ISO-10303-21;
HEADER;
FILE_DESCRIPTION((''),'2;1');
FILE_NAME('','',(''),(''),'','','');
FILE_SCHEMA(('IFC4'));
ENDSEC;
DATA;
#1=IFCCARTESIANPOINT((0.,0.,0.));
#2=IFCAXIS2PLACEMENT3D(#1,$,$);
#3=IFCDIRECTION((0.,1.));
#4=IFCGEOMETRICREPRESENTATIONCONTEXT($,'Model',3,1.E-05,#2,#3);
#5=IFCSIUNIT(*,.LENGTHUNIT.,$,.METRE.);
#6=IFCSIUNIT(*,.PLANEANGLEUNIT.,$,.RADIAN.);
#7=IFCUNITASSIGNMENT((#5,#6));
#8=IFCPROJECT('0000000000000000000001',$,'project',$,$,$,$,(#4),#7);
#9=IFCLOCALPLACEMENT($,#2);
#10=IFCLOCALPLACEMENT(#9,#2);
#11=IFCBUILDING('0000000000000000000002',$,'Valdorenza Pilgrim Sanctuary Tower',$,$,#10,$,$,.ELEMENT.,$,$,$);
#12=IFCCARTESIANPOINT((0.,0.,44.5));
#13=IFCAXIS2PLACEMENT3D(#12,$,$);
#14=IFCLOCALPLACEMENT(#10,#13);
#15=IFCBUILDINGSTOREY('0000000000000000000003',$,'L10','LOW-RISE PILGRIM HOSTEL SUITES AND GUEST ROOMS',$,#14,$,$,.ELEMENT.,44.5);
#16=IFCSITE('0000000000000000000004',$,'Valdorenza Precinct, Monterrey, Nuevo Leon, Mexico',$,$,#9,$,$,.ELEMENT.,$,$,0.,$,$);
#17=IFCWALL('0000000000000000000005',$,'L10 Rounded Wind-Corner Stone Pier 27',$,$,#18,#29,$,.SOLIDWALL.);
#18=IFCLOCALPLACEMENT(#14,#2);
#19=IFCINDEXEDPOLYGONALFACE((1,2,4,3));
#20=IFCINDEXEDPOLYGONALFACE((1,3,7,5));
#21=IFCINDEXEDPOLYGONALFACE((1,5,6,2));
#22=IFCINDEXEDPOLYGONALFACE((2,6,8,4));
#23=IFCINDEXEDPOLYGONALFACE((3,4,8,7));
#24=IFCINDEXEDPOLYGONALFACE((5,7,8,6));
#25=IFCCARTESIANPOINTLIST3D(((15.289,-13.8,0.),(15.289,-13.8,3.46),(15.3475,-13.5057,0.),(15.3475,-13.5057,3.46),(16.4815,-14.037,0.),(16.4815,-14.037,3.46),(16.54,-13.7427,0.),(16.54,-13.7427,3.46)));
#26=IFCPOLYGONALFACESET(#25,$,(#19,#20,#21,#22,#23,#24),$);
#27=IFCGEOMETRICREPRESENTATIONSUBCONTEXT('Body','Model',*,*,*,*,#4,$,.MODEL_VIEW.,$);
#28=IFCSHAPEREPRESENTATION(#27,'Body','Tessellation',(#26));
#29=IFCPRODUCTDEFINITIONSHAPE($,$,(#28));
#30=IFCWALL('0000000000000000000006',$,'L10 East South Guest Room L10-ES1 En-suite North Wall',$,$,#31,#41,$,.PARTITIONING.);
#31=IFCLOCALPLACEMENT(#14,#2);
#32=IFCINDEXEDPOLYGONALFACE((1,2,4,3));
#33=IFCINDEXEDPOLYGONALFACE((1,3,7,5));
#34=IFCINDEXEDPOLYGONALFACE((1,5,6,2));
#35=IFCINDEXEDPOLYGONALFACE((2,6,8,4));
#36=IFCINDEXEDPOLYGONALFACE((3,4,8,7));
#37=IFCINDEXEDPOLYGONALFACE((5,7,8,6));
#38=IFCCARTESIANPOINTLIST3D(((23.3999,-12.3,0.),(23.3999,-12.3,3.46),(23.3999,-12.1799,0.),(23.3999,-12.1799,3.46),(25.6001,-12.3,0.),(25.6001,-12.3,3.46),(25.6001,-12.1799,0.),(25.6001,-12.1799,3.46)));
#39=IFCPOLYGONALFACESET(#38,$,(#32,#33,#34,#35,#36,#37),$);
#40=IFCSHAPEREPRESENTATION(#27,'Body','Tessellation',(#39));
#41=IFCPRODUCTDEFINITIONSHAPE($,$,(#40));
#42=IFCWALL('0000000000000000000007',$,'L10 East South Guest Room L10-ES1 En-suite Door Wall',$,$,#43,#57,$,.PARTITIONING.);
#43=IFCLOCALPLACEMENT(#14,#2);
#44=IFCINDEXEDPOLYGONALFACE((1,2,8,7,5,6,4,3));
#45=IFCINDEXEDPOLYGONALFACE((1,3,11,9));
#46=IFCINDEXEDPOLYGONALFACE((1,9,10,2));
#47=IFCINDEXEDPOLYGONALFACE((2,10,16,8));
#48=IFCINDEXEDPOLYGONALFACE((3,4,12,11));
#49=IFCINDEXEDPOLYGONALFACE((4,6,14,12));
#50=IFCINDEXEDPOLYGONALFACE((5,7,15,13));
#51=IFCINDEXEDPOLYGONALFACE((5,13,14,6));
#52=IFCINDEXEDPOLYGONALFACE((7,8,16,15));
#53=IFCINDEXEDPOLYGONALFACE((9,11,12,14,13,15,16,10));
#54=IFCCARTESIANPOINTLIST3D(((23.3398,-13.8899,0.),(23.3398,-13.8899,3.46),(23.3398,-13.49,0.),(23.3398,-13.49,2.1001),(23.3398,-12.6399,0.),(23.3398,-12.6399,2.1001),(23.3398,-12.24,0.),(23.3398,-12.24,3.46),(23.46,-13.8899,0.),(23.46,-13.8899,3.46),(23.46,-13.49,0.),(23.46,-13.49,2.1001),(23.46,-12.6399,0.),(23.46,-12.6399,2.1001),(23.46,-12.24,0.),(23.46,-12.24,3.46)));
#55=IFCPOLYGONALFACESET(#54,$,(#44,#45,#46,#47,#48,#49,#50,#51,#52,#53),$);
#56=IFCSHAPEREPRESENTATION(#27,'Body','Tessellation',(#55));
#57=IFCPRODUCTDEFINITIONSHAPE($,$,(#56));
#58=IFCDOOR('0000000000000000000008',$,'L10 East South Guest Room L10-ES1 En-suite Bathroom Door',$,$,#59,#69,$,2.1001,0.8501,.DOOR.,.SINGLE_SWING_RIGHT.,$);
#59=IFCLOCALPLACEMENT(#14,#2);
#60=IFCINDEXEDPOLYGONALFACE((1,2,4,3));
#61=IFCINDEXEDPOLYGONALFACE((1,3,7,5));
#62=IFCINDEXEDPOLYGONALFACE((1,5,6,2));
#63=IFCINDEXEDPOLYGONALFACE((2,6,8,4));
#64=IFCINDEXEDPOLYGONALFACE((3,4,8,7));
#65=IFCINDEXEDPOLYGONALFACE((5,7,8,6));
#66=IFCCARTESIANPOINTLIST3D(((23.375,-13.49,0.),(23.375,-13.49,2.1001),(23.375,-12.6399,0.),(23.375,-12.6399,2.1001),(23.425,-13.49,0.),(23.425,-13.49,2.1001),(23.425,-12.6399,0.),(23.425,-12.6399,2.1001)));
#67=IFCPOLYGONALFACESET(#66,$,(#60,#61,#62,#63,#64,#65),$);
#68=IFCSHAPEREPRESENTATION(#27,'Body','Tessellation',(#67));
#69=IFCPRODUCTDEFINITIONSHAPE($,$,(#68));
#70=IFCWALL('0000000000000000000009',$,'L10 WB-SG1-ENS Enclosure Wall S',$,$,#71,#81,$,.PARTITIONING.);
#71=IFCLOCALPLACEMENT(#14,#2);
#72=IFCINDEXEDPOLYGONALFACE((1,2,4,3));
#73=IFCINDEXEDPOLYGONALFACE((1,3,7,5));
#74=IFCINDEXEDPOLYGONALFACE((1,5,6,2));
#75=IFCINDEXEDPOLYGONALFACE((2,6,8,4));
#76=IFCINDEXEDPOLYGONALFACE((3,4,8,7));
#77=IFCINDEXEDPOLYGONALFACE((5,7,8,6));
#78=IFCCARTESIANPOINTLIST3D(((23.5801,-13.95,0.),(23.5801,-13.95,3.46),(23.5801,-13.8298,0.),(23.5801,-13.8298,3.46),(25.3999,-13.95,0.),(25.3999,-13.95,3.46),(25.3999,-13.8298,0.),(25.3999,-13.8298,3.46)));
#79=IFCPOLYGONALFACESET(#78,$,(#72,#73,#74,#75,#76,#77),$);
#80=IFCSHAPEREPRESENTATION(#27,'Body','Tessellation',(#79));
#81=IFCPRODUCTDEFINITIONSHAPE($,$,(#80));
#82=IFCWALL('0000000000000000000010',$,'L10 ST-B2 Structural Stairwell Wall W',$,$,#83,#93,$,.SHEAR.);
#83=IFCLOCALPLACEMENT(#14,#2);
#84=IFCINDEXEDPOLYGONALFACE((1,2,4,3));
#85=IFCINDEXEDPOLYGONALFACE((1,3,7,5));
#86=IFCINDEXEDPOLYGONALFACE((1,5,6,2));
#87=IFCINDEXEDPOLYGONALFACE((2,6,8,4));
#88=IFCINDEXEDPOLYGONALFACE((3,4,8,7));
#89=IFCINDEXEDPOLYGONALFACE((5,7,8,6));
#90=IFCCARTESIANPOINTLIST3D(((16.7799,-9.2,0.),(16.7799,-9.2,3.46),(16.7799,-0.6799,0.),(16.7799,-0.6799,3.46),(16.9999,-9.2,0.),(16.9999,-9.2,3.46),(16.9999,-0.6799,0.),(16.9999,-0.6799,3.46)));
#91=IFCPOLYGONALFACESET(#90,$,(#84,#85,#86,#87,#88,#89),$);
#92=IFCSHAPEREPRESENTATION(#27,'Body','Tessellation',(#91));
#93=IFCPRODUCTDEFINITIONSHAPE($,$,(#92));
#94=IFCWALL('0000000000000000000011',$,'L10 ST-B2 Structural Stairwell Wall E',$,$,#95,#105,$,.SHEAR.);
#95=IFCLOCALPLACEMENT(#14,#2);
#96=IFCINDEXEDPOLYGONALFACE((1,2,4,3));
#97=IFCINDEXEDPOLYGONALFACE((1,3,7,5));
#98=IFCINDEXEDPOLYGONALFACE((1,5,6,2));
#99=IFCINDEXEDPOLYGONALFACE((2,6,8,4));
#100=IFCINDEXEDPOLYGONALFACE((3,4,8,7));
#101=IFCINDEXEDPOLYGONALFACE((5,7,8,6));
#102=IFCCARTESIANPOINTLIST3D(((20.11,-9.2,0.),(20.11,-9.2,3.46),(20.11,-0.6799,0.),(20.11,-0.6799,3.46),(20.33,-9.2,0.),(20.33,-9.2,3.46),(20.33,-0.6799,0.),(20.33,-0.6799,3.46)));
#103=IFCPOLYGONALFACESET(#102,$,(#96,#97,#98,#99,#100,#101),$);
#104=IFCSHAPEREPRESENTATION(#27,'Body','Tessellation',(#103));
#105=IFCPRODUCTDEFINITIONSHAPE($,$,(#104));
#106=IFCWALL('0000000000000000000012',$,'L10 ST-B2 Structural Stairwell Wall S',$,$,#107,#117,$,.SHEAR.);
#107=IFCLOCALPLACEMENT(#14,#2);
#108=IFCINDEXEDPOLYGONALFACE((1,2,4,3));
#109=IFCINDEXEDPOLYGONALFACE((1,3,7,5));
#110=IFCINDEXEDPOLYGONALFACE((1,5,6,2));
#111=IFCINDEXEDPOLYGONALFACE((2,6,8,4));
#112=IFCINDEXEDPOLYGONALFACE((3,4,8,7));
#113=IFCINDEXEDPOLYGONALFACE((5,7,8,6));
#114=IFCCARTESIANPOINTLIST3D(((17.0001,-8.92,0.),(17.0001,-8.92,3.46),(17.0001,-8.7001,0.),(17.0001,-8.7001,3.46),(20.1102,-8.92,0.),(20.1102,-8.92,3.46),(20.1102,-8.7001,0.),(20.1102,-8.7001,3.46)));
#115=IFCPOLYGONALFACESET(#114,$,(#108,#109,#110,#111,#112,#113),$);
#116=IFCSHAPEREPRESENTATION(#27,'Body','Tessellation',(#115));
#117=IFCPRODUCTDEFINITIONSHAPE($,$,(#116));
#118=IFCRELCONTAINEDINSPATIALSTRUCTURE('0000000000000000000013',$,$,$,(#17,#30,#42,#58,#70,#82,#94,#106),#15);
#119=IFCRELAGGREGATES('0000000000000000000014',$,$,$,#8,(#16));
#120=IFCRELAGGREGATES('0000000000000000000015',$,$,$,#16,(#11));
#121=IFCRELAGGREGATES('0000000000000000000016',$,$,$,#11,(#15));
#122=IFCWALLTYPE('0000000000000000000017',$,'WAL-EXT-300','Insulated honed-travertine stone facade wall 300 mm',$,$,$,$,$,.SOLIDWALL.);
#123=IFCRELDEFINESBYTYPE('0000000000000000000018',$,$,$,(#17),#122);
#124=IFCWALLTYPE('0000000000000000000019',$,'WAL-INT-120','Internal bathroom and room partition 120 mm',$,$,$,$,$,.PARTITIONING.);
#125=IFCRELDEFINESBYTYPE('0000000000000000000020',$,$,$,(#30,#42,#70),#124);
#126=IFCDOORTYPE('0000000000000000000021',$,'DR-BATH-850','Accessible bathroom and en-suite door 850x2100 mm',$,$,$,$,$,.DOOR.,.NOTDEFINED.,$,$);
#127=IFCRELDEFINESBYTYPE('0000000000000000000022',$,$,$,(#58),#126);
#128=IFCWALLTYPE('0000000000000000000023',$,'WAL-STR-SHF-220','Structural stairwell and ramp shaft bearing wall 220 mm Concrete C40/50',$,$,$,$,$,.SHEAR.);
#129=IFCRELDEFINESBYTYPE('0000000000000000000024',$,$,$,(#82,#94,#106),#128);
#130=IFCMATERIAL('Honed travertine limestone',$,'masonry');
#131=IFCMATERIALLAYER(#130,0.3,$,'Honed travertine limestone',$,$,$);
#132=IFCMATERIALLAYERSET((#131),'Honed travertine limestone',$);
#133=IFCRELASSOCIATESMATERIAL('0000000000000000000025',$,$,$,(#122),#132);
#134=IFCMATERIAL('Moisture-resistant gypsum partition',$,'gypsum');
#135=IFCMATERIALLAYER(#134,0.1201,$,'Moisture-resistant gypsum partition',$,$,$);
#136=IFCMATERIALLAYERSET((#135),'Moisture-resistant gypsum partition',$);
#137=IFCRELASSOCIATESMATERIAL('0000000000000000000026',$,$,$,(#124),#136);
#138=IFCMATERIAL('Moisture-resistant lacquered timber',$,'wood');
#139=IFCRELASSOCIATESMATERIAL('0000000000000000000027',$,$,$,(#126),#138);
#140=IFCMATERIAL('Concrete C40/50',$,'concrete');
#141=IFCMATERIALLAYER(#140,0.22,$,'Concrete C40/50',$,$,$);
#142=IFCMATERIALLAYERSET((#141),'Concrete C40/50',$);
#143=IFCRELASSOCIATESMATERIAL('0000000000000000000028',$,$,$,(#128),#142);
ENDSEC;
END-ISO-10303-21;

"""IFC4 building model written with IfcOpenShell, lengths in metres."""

from ifc_helpers import new_model, si_unit, direction, frame, frame_2d, origin, place, context, subcontext, project, spatial, rectangle, extrude, material, layer, layer_set, type_object, element, fill, save


model = new_model("IFC4")

# Units and contexts
model_context = context("Model", 3, precision=1e-05, world=origin(), true_north=direction((0.0, 1.0)))
body_context = subcontext(model_context, "Body", "Model", "MODEL_VIEW")
ifc_project = project(units=[si_unit("LENGTHUNIT", "METRE"), si_unit("PLANEANGLEUNIT", "RADIAN")], contexts=[model_context])

# Site, building, storey
site_placement = place(None, origin())
site = spatial("IfcSite", under=ifc_project, at=site_placement, Name="Valdorenza Precinct, Monterrey, Nuevo Leon, Mexico", CompositionType="ELEMENT", RefElevation=0.0)
building_placement = place(site_placement, origin())
building = spatial("IfcBuilding", under=site, at=building_placement, Name="Valdorenza Pilgrim Sanctuary Tower", CompositionType="ELEMENT")
storey_placement = place(building_placement, frame((0.0, 0.0, 44.5)))
storey = spatial("IfcBuildingStorey", under=building, at=storey_placement, Name="L10", Description="LOW-RISE PILGRIM HOSTEL SUITES AND GUEST ROOMS", CompositionType="ELEMENT", Elevation=44.5)

# Walls
ifc_material_1 = material(Name="Honed travertine limestone", Category="masonry")
ifc_layer_1 = layer(ifc_material_1, 0.3, Name="Honed travertine limestone")
ifc_layer_set_1 = layer_set([ifc_layer_1], Name="Honed travertine limestone")
wall_type_1 = type_object("IfcWallType", Name="WAL-EXT-300", Description="Insulated honed-travertine stone facade wall 300 mm", PredefinedType="SOLIDWALL", material=ifc_layer_set_1)
wall_1_placement = place(storey_placement, frame((16.5107, -13.8899, 0.0), z_axis=(0.0, 0.0, 1.0), x_axis=(-0.980804, 0.194996, 0.0)))
element("IfcWall", 1, at=wall_1_placement, inside=storey, type_object=wall_type_1, Name="L10 Rounded Wind-Corner Stone Pier 27", PredefinedType="SOLIDWALL", context=body_context, shape_type="SweptSolid", body=[
    extrude(rectangle(XDim=1.2158, YDim=0.3, at=frame_2d((0.6079, 0.0))), origin(), (0.0, 0.0, 1.0), 3.46),
])
ifc_material_2 = material(Name="Moisture-resistant gypsum partition", Category="gypsum")
ifc_layer_2 = layer(ifc_material_2, 0.1201, Name="Moisture-resistant gypsum partition")
ifc_layer_set_2 = layer_set([ifc_layer_2], Name="Moisture-resistant gypsum partition")
wall_type_2 = type_object("IfcWallType", Name="WAL-INT-120", Description="Internal bathroom and room partition 120 mm", PredefinedType="PARTITIONING", material=ifc_layer_set_2)
wall_2_placement = place(storey_placement, frame((23.3999, -12.24, 0.0), z_axis=(0.0, 0.0, 1.0), x_axis=(1.0, 0.0, 0.0)))
element("IfcWall", 2, at=wall_2_placement, inside=storey, type_object=wall_type_2, Name="L10 East South Guest Room L10-ES1 En-suite North Wall", PredefinedType="PARTITIONING", context=body_context, shape_type="SweptSolid", body=[
    extrude(rectangle(XDim=2.2002, YDim=0.1201, at=frame_2d((1.1001, 0.0))), origin(), (0.0, 0.0, 1.0), 3.46),
])

# Wall, opening, door
wall_3_placement = place(storey_placement, frame((23.3999, -13.8899, 0.0), z_axis=(0.0, 0.0, 1.0), x_axis=(0.0, 1.0, 0.0)))
wall_3 = element("IfcWall", 3, at=wall_3_placement, inside=storey, type_object=wall_type_2, Name="L10 East South Guest Room L10-ES1 En-suite Door Wall", PredefinedType="PARTITIONING", context=body_context, shape_type="SweptSolid", body=[
    extrude(rectangle(XDim=1.6499, YDim=0.1201, at=frame_2d((0.825, 0.0))), origin(), (0.0, 0.0, 1.0), 3.46),
])
opening_placement = place(wall_3_placement, frame((0.3999, 0.0, 0.0)))
opening = element("IfcOpeningElement", 4, at=opening_placement, cuts=wall_3, PredefinedType="OPENING", context=body_context, shape_type="SweptSolid", body=[
    extrude(rectangle(XDim=0.8501, YDim=2.1001, at=frame_2d((0.425, 1.05))), frame((0.0, 0.075, 0.0), z_axis=(0.0, -1.0, 0.0), x_axis=(1.0, 0.0, 0.0)), (0.0, 0.0, 1.0), 0.1499),
])
ifc_material_3 = material(Name="Moisture-resistant lacquered timber", Category="wood")
door_type = type_object("IfcDoorType", Name="DR-BATH-850", Description="Accessible bathroom and en-suite door 850x2100 mm", OperationType="NOTDEFINED", PredefinedType="DOOR", material=ifc_material_3)
door_placement = place(opening_placement, origin())
door = element("IfcDoor", 5, at=door_placement, inside=storey, type_object=door_type, Name="L10 East South Guest Room L10-ES1 En-suite Bathroom Door", OperationType="SINGLE_SWING_RIGHT", OverallHeight=2.1001, OverallWidth=0.8501, PredefinedType="DOOR", context=body_context, shape_type="SweptSolid", body=[
    extrude(rectangle(XDim=0.8501, YDim=2.1001, at=frame_2d((0.425, 1.05))), frame((0.0, 0.0249, 0.0), z_axis=(0.0, -1.0, 0.0), x_axis=(1.0, 0.0, 0.0)), (0.0, 0.0, 1.0), 0.05),
])
fill(opening, door)

# Walls
wall_4_placement = place(storey_placement, frame((23.5801, -13.8899, 0.0), z_axis=(0.0, 0.0, 1.0), x_axis=(1.0, 0.0, 0.0)))
element("IfcWall", 6, at=wall_4_placement, inside=storey, type_object=wall_type_2, Name="L10 WB-SG1-ENS Enclosure Wall S", PredefinedType="PARTITIONING", context=body_context, shape_type="SweptSolid", body=[
    extrude(rectangle(XDim=1.8198, YDim=0.1201, at=frame_2d((0.9099, 0.0))), origin(), (0.0, 0.0, 1.0), 3.46),
])
ifc_material_4 = material(Name="Concrete C40/50", Category="concrete")
ifc_layer_3 = layer(ifc_material_4, 0.22, Name="Concrete C40/50")
ifc_layer_set_3 = layer_set([ifc_layer_3], Name="Concrete C40/50")
wall_type_3 = type_object("IfcWallType", Name="WAL-STR-SHF-220", Description="Structural stairwell and ramp shaft bearing wall 220 mm Concrete C40/50", PredefinedType="SHEAR", material=ifc_layer_set_3)
for number, where, z_axis, x_axis, name in (
    (7, (16.8899, -9.2, 0.0), (0.0, 0.0, 1.0), (0.0, 1.0, 0.0), "L10 ST-B2 Structural Stairwell Wall W"),
    (8, (20.22, -9.2, 0.0), (0.0, 0.0, 1.0), (0.0, 1.0, 0.0), "L10 ST-B2 Structural Stairwell Wall E"),
):
    element("IfcWall", number, at=place(storey_placement, frame(where, z_axis=z_axis, x_axis=x_axis)), inside=storey, type_object=wall_type_3, Name=name, PredefinedType="SHEAR", context=body_context, shape_type="SweptSolid", body=[
        extrude(rectangle(XDim=8.52, YDim=0.22, at=frame_2d((4.26, 0.0))), origin(), (0.0, 0.0, 1.0), 3.46),
    ])
wall_5_placement = place(storey_placement, frame((17.0, -8.8101, 0.0), z_axis=(0.0, 0.0, 1.0), x_axis=(1.0, 0.0, 0.0)))
element("IfcWall", 9, at=wall_5_placement, inside=storey, type_object=wall_type_3, Name="L10 ST-B2 Structural Stairwell Wall S", PredefinedType="SHEAR", context=body_context, shape_type="SweptSolid", body=[
    extrude(rectangle(XDim=3.1101, YDim=0.22, at=frame_2d((1.5552, 0.0))), origin(), (0.0, 0.0, 1.0), 3.46),
])

save(model, "model.ifc")
